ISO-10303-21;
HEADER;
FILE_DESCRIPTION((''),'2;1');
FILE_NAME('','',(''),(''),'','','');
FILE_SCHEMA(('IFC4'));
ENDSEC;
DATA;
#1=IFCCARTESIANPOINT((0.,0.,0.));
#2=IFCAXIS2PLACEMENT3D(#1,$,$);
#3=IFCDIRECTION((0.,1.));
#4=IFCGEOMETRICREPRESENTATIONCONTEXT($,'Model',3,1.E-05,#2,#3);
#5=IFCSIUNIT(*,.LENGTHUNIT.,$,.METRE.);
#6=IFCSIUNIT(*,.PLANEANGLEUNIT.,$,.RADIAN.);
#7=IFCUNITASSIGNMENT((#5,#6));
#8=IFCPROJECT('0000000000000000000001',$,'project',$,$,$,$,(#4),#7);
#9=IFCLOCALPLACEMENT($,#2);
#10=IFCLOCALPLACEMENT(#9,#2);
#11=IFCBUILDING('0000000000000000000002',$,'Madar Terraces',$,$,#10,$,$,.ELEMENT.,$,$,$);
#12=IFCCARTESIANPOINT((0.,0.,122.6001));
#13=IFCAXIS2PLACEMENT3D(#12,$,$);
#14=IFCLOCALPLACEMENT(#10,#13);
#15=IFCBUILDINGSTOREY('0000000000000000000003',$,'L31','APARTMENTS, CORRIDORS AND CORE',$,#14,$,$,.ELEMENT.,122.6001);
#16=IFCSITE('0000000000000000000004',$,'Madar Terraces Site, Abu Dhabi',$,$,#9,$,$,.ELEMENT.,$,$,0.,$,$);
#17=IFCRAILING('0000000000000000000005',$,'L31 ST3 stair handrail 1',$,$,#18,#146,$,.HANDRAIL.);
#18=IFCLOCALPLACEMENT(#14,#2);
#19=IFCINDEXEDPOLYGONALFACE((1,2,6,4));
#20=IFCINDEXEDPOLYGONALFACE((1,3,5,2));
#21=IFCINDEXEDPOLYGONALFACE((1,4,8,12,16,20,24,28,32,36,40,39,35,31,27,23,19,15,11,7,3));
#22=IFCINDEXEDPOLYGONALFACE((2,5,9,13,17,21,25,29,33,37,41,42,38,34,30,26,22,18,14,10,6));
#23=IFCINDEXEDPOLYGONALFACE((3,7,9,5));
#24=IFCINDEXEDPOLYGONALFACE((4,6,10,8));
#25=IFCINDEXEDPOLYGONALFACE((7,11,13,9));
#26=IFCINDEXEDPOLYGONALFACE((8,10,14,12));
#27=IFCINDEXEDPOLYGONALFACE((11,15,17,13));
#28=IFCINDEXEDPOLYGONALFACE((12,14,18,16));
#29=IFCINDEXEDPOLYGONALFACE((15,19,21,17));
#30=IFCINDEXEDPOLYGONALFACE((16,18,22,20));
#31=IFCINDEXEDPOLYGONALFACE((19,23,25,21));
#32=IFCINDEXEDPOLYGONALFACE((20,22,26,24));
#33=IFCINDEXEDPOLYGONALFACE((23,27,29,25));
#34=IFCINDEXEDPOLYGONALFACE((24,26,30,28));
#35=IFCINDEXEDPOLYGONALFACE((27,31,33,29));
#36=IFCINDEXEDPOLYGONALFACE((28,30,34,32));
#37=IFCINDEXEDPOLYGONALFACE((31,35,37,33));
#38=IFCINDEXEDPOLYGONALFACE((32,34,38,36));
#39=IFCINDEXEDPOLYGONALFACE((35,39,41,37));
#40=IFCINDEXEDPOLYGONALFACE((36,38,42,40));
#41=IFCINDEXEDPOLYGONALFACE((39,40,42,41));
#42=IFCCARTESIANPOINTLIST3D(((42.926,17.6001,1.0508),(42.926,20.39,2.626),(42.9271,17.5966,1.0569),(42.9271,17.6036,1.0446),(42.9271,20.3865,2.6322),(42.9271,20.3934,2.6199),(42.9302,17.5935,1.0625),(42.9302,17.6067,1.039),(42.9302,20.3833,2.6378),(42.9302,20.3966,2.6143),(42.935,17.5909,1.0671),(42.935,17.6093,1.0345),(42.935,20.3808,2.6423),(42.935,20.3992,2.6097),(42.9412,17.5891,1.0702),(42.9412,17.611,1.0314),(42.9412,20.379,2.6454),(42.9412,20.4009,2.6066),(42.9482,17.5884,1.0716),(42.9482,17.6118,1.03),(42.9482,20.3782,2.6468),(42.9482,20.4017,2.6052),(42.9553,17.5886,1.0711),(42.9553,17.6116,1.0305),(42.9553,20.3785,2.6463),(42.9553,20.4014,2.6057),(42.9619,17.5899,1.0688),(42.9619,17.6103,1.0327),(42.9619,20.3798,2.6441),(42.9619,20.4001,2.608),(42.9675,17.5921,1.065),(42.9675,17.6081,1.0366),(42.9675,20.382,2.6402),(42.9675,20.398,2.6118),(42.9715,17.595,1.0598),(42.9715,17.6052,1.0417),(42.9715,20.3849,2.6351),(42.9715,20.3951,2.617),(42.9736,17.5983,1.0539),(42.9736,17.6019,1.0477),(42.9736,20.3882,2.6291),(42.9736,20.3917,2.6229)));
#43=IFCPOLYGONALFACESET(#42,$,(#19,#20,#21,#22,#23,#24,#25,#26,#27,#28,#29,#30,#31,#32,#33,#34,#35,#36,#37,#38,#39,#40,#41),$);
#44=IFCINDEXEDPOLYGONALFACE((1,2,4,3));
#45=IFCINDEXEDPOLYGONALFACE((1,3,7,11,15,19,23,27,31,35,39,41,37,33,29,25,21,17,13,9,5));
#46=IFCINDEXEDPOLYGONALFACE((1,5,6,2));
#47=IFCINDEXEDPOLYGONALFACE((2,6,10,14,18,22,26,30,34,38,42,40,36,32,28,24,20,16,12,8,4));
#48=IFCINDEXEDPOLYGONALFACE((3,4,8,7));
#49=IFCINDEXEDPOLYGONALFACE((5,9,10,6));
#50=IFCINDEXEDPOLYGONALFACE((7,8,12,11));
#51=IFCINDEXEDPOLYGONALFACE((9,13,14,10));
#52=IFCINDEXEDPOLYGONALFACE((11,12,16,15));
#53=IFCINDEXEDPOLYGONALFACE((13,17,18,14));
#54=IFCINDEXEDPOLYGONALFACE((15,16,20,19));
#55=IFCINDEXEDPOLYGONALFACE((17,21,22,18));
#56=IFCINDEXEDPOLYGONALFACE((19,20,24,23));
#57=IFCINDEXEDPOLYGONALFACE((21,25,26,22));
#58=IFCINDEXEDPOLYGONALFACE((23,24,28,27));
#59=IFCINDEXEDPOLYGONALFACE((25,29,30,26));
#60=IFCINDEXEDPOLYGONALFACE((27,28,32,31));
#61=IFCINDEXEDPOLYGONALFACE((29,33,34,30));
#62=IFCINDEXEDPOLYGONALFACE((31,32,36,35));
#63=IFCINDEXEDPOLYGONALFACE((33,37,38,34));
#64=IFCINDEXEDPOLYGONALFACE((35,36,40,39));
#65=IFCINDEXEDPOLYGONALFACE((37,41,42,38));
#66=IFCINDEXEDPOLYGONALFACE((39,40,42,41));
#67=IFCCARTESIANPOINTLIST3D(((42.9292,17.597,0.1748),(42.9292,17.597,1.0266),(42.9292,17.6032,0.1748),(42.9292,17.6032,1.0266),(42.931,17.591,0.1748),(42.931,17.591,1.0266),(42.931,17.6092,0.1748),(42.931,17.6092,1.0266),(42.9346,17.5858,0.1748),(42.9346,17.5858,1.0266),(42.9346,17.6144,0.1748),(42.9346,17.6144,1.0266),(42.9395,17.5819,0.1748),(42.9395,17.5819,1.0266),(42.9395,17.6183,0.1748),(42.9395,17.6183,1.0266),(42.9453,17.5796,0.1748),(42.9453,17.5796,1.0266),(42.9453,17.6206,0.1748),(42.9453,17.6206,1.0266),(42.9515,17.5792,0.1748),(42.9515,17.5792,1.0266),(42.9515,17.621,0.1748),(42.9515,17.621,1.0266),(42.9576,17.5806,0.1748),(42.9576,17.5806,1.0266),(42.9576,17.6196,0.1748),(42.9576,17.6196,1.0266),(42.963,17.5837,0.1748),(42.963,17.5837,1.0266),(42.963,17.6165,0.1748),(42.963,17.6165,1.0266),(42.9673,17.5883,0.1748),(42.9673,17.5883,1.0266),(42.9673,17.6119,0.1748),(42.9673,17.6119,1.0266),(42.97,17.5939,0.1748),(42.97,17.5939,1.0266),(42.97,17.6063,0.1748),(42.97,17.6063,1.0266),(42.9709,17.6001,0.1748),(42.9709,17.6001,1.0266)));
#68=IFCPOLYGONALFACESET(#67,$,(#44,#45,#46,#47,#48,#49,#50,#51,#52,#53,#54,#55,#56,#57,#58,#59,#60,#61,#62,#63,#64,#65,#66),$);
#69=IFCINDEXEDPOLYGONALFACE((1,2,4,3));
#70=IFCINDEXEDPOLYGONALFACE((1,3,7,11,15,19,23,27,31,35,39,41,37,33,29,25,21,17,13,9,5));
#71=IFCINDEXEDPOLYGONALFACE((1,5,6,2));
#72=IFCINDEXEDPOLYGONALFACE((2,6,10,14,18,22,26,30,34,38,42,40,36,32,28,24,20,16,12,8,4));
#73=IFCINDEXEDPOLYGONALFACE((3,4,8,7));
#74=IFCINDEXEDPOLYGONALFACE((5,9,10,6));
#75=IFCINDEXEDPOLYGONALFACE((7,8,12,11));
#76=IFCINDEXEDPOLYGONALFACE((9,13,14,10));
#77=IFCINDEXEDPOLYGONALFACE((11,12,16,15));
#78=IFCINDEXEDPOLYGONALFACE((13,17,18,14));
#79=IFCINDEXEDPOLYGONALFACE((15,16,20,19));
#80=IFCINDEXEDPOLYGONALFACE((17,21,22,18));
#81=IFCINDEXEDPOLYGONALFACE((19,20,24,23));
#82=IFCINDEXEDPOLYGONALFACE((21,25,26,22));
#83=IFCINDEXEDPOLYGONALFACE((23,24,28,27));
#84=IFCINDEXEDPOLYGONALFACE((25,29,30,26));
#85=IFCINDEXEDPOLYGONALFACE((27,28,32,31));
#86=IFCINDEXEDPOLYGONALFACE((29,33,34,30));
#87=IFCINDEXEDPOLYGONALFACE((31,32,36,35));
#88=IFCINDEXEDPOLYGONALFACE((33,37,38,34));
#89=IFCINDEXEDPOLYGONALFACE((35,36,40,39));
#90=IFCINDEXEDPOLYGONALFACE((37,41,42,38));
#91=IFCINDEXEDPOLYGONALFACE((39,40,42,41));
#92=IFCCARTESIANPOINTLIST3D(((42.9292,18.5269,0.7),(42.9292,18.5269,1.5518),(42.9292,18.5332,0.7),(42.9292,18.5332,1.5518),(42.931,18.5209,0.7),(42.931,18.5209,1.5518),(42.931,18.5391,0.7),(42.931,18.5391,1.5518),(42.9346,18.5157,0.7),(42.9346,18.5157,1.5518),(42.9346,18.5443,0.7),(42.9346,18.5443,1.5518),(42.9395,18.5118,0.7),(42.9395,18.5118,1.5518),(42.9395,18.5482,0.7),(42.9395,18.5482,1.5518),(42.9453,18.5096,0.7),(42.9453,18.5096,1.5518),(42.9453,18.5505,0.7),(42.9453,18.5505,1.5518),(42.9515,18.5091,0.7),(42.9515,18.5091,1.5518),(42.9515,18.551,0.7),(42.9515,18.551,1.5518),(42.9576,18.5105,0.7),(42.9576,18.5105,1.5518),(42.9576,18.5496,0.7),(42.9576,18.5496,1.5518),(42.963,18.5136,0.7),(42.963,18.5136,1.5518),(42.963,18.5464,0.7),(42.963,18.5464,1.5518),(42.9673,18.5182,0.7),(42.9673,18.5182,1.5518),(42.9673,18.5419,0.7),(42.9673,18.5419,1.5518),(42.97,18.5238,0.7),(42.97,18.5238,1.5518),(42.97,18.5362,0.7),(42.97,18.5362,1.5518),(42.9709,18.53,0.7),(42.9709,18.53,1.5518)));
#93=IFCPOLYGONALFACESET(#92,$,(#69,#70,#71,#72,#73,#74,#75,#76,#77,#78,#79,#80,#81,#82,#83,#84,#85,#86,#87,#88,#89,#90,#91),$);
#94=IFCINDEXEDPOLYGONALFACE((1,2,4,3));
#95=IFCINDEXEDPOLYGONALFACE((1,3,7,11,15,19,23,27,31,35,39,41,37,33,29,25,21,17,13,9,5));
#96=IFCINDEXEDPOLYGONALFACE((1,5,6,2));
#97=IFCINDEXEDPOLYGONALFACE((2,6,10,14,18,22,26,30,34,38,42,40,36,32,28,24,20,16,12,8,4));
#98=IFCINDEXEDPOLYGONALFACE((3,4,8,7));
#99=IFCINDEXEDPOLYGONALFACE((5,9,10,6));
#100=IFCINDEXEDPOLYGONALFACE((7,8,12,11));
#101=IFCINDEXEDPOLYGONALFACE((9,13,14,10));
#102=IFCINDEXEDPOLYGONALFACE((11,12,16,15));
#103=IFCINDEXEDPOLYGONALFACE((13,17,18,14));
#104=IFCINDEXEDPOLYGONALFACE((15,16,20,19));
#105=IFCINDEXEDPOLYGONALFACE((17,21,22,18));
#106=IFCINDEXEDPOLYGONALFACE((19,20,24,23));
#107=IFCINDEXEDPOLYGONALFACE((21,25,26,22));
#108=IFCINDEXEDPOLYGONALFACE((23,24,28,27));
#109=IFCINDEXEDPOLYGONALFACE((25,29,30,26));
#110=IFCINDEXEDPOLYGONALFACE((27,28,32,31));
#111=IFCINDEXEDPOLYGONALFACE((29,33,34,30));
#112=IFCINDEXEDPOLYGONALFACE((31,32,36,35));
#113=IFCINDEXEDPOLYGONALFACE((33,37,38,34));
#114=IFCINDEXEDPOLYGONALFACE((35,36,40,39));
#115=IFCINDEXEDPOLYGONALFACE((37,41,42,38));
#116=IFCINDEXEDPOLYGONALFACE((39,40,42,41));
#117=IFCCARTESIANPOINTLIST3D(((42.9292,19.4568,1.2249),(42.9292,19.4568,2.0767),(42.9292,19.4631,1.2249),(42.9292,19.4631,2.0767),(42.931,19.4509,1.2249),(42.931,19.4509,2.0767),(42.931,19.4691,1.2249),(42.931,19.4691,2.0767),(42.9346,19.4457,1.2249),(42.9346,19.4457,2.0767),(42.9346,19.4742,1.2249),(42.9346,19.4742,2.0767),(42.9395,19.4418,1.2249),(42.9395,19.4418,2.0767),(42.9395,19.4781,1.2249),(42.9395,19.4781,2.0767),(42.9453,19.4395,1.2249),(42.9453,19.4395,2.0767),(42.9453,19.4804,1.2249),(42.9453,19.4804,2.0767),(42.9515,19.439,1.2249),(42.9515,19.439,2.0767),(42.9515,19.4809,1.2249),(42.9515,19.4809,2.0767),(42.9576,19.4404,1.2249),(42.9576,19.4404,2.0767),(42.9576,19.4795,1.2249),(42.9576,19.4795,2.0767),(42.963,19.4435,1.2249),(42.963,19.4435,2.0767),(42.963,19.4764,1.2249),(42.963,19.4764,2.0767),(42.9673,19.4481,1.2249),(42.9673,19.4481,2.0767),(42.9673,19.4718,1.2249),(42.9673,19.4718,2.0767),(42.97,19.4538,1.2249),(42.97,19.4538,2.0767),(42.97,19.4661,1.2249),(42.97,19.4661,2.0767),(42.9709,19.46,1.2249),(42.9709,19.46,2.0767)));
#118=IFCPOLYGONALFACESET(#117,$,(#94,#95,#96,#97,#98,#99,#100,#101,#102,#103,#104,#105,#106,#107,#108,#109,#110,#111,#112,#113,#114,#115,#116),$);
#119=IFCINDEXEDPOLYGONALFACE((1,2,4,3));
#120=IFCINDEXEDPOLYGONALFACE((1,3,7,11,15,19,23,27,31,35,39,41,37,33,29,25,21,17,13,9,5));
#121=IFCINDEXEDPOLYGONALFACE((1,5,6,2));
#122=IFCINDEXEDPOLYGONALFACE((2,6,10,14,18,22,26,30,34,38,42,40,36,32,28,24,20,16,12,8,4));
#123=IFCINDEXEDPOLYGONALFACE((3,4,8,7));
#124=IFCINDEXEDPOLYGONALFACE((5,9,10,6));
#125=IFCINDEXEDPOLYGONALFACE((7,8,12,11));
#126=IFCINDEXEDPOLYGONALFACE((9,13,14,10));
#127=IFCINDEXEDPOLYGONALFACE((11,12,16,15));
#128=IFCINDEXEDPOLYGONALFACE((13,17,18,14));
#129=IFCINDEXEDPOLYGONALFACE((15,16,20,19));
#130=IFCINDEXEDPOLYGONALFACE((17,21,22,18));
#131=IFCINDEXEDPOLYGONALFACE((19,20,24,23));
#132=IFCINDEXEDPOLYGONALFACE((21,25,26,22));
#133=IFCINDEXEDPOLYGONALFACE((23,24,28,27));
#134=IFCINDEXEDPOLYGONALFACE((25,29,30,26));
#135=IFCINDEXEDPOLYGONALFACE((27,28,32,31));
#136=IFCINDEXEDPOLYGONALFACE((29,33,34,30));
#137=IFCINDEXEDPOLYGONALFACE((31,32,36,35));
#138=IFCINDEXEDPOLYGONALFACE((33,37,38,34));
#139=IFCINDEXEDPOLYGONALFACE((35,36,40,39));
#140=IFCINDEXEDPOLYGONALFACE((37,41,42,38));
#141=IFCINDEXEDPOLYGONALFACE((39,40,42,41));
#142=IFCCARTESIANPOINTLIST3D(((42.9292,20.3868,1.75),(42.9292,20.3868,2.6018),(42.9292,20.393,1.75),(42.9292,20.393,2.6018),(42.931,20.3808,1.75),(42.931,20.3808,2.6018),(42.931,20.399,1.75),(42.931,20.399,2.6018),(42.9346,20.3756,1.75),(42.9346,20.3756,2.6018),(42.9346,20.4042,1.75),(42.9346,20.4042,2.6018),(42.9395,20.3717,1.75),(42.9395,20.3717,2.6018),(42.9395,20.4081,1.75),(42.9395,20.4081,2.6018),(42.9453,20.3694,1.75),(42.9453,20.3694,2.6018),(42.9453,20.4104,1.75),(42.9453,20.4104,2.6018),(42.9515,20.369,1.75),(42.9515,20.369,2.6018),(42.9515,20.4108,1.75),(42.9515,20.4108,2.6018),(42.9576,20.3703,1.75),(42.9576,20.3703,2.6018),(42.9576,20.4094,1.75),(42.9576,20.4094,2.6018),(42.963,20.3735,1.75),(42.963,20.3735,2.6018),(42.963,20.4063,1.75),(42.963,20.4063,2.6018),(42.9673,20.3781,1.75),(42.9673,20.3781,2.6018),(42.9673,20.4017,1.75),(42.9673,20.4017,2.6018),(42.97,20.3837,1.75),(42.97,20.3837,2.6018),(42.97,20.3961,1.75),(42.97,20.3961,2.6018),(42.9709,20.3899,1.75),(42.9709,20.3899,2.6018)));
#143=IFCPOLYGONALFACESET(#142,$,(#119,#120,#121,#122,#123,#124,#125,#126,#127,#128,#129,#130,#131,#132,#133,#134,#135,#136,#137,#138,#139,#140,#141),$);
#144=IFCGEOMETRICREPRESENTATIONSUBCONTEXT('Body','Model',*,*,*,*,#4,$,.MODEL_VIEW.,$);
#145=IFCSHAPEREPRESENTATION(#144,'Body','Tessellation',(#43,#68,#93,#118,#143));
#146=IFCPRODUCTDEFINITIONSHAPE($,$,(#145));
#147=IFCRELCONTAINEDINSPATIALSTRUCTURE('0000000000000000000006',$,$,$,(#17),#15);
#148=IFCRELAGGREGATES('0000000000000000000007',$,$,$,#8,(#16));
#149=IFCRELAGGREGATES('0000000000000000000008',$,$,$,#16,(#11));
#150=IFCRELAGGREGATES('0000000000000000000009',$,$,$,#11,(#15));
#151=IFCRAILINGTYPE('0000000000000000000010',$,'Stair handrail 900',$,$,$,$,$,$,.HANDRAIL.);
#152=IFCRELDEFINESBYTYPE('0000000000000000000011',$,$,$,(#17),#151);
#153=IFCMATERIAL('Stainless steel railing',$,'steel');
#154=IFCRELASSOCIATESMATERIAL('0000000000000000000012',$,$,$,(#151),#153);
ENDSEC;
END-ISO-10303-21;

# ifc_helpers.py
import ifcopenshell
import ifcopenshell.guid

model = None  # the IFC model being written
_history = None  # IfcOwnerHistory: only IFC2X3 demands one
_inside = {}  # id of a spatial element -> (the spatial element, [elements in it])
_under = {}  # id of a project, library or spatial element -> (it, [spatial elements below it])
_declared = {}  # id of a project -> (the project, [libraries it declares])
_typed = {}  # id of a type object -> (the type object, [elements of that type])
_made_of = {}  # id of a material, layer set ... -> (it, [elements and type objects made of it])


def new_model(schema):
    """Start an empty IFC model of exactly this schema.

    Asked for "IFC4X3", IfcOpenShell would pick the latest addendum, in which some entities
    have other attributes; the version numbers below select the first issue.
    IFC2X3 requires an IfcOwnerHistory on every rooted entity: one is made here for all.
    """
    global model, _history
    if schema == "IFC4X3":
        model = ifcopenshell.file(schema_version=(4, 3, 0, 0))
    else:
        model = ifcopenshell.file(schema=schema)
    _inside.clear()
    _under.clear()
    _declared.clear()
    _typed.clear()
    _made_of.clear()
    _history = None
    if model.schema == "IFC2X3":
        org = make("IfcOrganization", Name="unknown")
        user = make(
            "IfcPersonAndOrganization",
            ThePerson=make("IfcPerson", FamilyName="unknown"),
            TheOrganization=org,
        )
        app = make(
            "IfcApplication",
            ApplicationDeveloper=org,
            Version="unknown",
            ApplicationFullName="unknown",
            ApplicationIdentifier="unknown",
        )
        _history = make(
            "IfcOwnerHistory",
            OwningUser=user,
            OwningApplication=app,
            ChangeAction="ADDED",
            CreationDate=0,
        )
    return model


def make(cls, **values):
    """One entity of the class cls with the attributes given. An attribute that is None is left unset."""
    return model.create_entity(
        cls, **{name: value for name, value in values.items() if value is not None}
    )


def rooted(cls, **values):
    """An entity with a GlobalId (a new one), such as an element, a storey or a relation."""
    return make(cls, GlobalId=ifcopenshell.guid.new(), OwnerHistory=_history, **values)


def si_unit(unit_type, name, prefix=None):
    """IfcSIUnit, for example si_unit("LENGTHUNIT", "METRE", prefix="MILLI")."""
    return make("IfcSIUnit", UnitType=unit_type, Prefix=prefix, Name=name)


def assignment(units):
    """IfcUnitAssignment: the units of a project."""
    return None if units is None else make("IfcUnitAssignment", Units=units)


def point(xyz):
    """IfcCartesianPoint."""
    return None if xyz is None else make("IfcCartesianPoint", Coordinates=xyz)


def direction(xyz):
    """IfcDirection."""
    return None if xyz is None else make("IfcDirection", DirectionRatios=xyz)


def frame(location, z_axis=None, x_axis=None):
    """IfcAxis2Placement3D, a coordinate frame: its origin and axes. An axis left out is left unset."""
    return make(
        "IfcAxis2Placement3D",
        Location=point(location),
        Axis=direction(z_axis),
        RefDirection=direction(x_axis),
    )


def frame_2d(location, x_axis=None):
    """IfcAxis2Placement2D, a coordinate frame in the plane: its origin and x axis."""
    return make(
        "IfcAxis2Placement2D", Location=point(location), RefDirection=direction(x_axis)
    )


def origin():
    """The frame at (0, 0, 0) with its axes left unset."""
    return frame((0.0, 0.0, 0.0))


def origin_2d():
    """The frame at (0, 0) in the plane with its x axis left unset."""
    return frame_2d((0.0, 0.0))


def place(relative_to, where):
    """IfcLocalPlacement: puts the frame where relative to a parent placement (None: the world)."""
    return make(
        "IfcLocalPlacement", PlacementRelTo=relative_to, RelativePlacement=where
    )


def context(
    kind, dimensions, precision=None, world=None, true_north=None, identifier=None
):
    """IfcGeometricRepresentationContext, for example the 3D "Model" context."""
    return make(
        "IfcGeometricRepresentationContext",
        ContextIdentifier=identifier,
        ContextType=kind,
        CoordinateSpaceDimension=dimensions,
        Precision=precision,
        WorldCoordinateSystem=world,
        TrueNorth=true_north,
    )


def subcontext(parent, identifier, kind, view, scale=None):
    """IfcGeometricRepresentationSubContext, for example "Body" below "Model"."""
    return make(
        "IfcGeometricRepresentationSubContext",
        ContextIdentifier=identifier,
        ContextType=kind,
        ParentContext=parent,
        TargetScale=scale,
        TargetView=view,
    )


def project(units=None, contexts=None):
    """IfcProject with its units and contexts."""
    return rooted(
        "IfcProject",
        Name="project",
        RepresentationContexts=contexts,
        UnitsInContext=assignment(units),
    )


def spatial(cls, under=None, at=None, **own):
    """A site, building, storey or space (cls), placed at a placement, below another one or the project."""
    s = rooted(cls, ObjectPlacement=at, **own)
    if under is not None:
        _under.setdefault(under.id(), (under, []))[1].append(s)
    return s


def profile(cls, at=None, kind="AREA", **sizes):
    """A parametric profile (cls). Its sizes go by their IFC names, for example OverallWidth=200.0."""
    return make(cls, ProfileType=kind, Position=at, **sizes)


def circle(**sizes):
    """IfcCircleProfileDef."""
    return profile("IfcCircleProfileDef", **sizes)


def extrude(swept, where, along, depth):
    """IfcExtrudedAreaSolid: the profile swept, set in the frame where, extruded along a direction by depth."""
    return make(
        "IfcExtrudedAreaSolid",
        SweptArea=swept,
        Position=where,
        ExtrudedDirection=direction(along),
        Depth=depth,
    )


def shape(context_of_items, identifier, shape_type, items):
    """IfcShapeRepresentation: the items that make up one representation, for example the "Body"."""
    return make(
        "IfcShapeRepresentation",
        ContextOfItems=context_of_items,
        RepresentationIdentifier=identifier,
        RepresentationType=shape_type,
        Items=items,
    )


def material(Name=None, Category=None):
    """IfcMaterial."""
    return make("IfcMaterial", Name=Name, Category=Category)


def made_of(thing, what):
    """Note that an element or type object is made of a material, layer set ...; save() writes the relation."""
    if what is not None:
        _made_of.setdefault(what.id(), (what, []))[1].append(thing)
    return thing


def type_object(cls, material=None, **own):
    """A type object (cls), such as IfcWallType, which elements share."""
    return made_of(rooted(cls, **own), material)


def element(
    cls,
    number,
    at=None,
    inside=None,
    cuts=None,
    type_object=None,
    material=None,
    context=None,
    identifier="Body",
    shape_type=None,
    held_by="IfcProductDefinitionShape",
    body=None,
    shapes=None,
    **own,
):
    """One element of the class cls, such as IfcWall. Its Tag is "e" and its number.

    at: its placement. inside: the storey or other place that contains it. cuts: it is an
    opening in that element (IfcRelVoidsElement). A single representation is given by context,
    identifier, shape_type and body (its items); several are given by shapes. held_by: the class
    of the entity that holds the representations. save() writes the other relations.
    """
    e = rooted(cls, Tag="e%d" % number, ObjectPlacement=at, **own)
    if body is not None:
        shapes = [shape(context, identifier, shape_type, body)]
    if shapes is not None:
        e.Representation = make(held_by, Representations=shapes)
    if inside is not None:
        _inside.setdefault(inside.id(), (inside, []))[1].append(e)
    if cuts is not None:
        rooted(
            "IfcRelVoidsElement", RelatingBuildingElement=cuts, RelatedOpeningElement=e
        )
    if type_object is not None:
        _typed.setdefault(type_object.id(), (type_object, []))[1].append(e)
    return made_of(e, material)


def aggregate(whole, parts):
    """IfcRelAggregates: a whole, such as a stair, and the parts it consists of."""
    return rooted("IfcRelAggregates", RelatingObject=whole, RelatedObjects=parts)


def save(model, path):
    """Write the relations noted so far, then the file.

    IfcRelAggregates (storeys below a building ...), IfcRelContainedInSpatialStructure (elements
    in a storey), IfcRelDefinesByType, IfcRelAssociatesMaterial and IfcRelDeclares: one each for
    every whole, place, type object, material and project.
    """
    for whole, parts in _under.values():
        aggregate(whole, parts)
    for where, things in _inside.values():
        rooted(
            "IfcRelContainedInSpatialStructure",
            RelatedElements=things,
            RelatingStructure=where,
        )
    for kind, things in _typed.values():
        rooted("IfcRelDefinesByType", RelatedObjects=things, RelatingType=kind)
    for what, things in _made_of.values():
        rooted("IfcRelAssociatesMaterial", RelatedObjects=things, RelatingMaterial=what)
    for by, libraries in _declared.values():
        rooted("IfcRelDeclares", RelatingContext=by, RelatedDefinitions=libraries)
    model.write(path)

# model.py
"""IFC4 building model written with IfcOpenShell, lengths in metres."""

from ifc_helpers import new_model, si_unit, direction, frame, origin, origin_2d, place, context, subcontext, project, spatial, circle, extrude, material, type_object, element, save


model = new_model("IFC4")

# Units and contexts
model_context = context("Model", 3, precision=1e-05, world=origin(), true_north=direction((0.0, 1.0)))
body_context = subcontext(model_context, "Body", "Model", "MODEL_VIEW")
ifc_project = project(units=[si_unit("LENGTHUNIT", "METRE"), si_unit("PLANEANGLEUNIT", "RADIAN")], contexts=[model_context])

# Site, building, storey
site_placement = place(None, origin())
site = spatial("IfcSite", under=ifc_project, at=site_placement, Name="Madar Terraces Site, Abu Dhabi", CompositionType="ELEMENT", RefElevation=0.0)
building_placement = place(site_placement, origin())
building = spatial("IfcBuilding", under=site, at=building_placement, Name="Madar Terraces", CompositionType="ELEMENT")
storey_placement = place(building_placement, frame((0.0, 0.0, 122.6001)))
storey = spatial("IfcBuildingStorey", under=building, at=storey_placement, Name="L31", Description="APARTMENTS, CORRIDORS AND CORE", CompositionType="ELEMENT", Elevation=122.6001)

# Railing
ifc_material_1 = material(Name="Stainless steel railing", Category="steel")
railing_type_1 = type_object("IfcRailingType", Name="Stair handrail 900", PredefinedType="HANDRAIL", material=ifc_material_1)
railing_1_placement = place(storey_placement, frame((42.95, 17.6001, 0.1748)))
element("IfcRailing", 1, at=railing_1_placement, inside=storey, type_object=railing_type_1, Name="L31 ST3 stair handrail 1", PredefinedType="HANDRAIL", context=body_context, shape_type="SweptSolid", body=[
    extrude(circle(Radius=0.0239, at=origin_2d()), frame((0.0, 0.0, 0.876), z_axis=(0.0, 0.870783, 0.491668), x_axis=(-1.0, 0.0, 0.0)), (0.0, 0.0, 1.0), 3.2039),
    extrude(circle(Radius=0.021, at=origin_2d()), origin(), (0.0, 0.0, 1.0), 0.8518),
    extrude(circle(Radius=0.021, at=origin_2d()), frame((0.0, 0.9299, 0.5251)), (0.0, 0.0, 1.0), 0.8518),
    extrude(circle(Radius=0.021, at=origin_2d()), frame((0.0, 1.8599, 1.05)), (0.0, 0.0, 1.0), 0.8518),
    extrude(circle(Radius=0.021, at=origin_2d()), frame((0.0, 2.7898, 1.5752)), (0.0, 0.0, 1.0), 0.8518),
])

save(model, "model.ifc")
